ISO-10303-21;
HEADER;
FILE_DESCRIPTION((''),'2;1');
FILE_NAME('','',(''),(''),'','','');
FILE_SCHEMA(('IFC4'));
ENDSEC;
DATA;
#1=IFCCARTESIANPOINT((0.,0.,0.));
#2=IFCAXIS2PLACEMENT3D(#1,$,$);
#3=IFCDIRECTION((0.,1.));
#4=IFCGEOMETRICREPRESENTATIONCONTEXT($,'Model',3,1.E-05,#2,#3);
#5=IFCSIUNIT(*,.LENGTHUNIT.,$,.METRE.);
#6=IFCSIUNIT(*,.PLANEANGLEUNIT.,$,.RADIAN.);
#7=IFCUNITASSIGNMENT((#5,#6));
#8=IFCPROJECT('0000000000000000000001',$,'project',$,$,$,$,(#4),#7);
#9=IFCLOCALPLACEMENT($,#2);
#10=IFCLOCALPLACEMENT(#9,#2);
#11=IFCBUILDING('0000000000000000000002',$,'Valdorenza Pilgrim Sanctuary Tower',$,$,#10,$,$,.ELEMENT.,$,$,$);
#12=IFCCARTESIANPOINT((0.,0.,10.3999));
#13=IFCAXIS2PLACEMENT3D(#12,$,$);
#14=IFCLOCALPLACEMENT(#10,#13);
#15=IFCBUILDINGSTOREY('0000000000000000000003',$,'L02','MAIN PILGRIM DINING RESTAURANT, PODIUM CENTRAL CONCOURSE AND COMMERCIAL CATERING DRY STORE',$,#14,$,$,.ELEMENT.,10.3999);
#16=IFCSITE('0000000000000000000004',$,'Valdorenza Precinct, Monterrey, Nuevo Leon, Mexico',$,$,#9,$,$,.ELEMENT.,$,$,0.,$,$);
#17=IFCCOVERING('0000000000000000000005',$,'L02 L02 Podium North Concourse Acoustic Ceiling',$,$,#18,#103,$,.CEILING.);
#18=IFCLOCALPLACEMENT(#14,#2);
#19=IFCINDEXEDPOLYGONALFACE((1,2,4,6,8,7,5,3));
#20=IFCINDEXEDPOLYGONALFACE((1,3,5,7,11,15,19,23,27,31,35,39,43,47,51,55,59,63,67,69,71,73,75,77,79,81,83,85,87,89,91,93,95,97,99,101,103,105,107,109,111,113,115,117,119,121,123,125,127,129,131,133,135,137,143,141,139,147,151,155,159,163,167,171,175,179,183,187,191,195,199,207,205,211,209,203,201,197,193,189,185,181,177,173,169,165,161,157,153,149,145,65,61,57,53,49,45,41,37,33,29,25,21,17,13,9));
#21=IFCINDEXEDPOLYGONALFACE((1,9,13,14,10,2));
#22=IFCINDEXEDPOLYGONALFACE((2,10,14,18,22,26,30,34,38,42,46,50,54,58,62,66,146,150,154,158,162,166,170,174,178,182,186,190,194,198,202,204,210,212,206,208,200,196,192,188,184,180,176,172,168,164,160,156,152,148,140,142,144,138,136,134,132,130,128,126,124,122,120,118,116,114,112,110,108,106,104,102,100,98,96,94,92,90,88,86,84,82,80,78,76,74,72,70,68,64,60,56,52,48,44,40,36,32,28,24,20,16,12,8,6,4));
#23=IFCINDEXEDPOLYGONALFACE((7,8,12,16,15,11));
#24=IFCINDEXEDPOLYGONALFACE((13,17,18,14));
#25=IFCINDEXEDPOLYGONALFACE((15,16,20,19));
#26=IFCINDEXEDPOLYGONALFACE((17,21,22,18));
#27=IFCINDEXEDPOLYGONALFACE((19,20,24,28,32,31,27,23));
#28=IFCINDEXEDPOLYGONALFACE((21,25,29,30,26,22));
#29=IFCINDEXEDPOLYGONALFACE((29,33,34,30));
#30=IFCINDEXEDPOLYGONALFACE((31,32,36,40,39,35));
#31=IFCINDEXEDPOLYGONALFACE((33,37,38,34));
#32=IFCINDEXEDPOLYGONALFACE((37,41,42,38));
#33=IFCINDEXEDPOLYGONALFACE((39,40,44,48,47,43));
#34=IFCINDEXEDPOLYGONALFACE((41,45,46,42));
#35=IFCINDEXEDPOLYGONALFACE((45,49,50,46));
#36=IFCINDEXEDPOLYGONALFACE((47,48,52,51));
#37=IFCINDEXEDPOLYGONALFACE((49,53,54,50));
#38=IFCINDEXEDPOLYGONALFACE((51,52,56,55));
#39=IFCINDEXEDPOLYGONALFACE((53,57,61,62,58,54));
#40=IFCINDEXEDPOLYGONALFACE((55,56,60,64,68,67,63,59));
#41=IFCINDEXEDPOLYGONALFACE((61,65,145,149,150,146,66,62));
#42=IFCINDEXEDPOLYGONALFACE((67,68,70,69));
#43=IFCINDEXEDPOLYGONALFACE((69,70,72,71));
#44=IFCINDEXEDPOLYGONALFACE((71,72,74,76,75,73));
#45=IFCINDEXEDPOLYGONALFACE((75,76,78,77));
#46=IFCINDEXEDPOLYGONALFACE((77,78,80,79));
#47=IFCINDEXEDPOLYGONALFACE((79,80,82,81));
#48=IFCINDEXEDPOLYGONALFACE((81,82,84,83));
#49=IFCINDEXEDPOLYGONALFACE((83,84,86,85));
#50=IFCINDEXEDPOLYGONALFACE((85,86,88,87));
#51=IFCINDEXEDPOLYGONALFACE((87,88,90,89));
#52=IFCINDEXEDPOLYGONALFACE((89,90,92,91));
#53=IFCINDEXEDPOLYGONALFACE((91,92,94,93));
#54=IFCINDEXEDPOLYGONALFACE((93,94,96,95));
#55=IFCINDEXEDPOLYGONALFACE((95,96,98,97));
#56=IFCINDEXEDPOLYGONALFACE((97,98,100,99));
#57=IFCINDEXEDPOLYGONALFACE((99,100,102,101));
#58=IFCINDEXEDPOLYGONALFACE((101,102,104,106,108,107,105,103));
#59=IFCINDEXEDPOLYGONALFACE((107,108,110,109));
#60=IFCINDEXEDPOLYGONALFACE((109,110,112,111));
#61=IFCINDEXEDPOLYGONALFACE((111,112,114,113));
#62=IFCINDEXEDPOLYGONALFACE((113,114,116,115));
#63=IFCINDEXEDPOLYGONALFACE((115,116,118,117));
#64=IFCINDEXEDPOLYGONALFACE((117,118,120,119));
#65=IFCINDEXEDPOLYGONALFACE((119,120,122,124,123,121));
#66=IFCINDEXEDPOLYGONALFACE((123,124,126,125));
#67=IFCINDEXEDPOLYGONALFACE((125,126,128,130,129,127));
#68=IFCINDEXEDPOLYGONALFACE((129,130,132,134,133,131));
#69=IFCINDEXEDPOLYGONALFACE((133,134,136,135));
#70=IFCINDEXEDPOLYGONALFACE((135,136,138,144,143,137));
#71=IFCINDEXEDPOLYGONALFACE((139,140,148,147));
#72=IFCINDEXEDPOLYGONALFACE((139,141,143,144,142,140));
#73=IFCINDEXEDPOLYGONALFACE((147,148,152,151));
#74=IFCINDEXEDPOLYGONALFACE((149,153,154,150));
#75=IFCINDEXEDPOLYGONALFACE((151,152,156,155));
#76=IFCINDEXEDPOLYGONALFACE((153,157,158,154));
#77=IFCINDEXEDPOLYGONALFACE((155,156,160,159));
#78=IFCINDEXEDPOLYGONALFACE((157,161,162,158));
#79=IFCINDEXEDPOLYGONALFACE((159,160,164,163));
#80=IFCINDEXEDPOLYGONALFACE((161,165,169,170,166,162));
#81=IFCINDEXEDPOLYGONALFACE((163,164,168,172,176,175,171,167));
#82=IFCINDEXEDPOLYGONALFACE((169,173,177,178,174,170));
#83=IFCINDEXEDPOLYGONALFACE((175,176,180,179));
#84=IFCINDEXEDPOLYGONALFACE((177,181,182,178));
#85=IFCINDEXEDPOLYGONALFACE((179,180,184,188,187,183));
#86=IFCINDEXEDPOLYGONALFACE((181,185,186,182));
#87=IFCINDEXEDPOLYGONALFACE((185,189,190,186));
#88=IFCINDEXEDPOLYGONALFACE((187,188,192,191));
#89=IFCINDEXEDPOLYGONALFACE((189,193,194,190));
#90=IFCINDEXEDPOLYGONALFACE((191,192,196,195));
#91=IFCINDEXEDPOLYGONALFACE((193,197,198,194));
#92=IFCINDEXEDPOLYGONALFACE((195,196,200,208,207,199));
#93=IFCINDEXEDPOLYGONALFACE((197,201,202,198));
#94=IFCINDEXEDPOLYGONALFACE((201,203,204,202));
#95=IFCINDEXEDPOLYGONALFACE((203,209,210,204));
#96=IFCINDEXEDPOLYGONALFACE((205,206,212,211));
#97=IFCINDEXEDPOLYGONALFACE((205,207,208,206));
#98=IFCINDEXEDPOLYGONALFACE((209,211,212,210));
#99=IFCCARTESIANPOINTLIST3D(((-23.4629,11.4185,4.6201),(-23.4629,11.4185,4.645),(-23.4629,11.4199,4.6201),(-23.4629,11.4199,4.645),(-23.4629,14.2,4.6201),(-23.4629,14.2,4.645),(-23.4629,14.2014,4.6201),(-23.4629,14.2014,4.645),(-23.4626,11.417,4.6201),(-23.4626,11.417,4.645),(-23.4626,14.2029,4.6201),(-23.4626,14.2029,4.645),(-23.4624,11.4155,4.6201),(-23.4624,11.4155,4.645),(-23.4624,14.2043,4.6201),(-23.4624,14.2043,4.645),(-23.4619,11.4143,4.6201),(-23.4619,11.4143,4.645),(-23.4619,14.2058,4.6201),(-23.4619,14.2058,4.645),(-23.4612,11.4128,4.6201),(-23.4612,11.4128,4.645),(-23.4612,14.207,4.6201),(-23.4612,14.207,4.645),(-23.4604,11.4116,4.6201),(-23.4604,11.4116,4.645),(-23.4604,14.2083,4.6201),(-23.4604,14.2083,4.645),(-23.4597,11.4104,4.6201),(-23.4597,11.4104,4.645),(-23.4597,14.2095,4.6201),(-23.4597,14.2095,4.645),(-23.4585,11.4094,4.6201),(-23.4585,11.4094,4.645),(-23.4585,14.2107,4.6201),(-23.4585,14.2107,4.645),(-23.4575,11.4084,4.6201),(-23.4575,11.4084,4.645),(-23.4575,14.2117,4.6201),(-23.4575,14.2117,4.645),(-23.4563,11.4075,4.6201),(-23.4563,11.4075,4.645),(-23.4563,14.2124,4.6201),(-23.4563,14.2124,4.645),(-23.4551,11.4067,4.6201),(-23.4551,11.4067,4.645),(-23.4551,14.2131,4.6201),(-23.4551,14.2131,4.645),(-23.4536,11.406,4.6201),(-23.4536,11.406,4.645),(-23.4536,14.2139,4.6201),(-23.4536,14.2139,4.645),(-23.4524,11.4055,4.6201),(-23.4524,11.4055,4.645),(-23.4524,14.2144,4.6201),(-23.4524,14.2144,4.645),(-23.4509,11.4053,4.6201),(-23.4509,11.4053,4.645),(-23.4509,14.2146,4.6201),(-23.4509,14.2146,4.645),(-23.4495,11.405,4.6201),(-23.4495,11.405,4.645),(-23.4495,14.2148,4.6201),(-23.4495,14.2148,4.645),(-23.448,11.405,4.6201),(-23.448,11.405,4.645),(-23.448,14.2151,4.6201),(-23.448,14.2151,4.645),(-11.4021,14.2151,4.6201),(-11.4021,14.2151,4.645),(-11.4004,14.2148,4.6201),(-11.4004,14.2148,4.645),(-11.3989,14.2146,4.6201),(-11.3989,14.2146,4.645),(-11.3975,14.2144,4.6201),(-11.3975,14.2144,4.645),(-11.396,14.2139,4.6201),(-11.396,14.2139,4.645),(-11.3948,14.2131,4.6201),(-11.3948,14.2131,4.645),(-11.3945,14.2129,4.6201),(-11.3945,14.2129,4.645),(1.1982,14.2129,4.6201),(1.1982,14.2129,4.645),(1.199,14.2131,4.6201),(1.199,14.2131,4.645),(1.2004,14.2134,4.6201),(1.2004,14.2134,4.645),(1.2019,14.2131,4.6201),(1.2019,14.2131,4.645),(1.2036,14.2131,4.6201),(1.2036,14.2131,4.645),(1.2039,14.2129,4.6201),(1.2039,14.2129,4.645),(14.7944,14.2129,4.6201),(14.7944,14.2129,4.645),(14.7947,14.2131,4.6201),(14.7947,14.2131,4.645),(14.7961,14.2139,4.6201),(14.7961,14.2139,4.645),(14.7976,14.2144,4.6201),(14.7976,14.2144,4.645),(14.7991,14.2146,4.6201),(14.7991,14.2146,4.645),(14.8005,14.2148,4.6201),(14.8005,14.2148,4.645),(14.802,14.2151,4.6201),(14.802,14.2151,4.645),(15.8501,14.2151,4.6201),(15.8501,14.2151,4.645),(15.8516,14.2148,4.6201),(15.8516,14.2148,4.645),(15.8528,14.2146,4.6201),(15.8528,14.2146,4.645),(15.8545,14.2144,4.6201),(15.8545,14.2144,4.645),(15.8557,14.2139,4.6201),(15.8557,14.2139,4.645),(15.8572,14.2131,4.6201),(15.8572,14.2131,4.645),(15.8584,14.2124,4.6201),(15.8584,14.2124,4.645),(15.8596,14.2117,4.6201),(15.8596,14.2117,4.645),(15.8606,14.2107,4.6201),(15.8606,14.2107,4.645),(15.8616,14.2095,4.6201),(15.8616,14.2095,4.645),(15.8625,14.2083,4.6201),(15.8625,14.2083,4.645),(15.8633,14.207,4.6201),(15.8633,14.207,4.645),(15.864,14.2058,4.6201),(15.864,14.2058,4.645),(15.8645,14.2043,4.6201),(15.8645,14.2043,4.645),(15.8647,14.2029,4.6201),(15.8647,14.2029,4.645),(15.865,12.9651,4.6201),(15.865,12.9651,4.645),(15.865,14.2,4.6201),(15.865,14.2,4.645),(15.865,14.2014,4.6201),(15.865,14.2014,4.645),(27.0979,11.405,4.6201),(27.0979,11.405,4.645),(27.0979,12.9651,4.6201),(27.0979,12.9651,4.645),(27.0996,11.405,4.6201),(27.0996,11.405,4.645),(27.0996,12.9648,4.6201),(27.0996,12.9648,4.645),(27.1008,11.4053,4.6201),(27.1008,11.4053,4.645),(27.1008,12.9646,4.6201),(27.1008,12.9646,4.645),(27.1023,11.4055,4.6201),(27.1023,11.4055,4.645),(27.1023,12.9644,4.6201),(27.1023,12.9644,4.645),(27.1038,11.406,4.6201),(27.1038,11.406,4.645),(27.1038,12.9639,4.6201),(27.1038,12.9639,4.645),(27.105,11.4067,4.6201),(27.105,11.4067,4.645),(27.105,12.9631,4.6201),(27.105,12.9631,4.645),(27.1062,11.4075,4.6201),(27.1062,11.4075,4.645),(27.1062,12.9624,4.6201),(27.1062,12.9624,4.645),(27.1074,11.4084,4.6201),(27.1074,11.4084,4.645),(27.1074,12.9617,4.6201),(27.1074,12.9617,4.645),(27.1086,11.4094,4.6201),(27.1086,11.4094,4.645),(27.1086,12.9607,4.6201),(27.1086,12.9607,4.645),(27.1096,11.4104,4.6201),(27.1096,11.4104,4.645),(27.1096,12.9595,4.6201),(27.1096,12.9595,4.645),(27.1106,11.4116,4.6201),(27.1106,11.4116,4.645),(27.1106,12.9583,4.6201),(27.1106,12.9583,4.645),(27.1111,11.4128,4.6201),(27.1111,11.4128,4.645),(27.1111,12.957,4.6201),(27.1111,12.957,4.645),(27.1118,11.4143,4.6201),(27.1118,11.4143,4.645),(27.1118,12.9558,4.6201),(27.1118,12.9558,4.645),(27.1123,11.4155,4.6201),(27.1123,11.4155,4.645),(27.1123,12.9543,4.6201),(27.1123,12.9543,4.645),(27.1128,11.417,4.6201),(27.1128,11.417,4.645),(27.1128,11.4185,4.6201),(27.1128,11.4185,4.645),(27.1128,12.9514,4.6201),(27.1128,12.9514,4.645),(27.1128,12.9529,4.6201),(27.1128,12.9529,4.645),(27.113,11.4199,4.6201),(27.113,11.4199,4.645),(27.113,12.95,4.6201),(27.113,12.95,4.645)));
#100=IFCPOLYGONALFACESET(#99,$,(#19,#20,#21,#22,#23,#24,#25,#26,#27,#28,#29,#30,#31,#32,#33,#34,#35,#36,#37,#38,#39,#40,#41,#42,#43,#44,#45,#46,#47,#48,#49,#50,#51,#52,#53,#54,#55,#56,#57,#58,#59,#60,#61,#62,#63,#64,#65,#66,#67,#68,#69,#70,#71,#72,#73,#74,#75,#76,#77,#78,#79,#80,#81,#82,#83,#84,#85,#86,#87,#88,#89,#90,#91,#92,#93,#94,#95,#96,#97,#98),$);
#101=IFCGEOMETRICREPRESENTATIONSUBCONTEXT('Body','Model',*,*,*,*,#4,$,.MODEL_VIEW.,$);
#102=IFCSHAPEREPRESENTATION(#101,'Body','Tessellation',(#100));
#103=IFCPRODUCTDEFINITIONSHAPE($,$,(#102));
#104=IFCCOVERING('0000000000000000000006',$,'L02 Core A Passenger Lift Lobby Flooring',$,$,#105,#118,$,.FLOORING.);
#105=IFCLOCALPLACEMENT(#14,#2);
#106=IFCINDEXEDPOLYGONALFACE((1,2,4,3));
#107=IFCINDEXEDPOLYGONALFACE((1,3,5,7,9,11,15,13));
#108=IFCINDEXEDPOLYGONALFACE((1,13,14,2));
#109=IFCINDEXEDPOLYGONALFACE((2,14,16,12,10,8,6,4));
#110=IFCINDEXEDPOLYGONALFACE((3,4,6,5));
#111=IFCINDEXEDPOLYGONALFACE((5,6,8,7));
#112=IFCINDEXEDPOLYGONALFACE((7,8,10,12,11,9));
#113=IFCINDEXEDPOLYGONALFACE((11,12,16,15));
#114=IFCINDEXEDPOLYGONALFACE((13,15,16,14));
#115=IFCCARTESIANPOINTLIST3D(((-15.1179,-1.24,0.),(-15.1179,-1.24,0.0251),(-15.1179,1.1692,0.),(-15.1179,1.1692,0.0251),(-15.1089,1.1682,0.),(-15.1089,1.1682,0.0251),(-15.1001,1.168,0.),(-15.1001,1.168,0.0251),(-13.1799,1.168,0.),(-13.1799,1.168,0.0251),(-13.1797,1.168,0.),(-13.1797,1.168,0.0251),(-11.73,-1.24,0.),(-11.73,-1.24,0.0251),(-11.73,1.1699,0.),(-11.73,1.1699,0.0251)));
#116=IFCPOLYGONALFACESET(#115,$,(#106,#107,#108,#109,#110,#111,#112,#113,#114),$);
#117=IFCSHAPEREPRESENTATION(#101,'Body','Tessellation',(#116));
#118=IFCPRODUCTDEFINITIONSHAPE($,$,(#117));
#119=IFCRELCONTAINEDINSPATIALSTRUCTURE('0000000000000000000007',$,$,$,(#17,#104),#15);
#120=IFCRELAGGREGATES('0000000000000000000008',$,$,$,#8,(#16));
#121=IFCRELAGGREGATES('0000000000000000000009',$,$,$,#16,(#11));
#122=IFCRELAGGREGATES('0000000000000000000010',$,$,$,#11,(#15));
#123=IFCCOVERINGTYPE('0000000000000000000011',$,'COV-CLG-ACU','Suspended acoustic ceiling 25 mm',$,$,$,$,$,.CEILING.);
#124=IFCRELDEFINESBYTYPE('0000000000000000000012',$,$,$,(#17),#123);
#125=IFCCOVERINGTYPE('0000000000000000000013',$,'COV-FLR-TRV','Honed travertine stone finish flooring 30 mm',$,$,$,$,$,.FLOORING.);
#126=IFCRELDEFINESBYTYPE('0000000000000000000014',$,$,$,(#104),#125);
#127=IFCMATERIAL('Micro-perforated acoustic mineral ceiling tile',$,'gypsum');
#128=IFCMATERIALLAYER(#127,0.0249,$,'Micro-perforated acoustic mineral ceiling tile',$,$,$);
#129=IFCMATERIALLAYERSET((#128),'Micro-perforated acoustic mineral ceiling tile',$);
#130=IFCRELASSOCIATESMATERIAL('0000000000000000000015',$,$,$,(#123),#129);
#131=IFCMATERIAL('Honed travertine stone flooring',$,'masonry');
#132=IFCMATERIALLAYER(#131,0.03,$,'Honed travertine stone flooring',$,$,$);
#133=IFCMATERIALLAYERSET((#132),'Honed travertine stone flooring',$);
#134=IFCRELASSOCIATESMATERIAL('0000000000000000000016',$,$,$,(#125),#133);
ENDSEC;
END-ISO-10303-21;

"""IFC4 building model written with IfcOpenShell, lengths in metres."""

from ifc_helpers import new_model, si_unit, direction, frame, origin, place, context, subcontext, project, spatial, polyline, outline, extrude, material, layer, layer_set, type_object, element, save


model = new_model("IFC4")

# Units and contexts
model_context = context("Model", 3, precision=1e-05, world=origin(), true_north=direction((0.0, 1.0)))
body_context = subcontext(model_context, "Body", "Model", "MODEL_VIEW")
ifc_project = project(units=[si_unit("LENGTHUNIT", "METRE"), si_unit("PLANEANGLEUNIT", "RADIAN")], contexts=[model_context])

# Site, building, storey
site_placement = place(None, origin())
site = spatial("IfcSite", under=ifc_project, at=site_placement, Name="Valdorenza Precinct, Monterrey, Nuevo Leon, Mexico", CompositionType="ELEMENT", RefElevation=0.0)
building_placement = place(site_placement, origin())
building = spatial("IfcBuilding", under=site, at=building_placement, Name="Valdorenza Pilgrim Sanctuary Tower", CompositionType="ELEMENT")
storey_placement = place(building_placement, frame((0.0, 0.0, 10.3999)))
storey = spatial("IfcBuildingStorey", under=building, at=storey_placement, Name="L02", Description="MAIN PILGRIM DINING RESTAURANT, PODIUM CENTRAL CONCOURSE AND COMMERCIAL CATERING DRY STORE", CompositionType="ELEMENT", Elevation=10.3999)

# Coverings
ifc_material_1 = material(Name="Micro-perforated acoustic mineral ceiling tile", Category="gypsum")
ifc_layer_1 = layer(ifc_material_1, 0.0249, Name="Micro-perforated acoustic mineral ceiling tile")
ifc_layer_set_1 = layer_set([ifc_layer_1], Name="Micro-perforated acoustic mineral ceiling tile")
covering_type_1 = type_object("IfcCoveringType", Name="COV-CLG-ACU", Description="Suspended acoustic ceiling 25 mm", PredefinedType="CEILING", material=ifc_layer_set_1)
covering_1_placement = place(storey_placement, frame((0.0, 0.0, 4.6201)))
element("IfcCovering", 1, at=covering_1_placement, inside=storey, type_object=covering_type_1, Name="L02 L02 Podium North Concourse Acoustic Ceiling", PredefinedType="CEILING", context=body_context, shape_type="SweptSolid", body=[
    extrude(outline(polyline([(-23.448, 11.405), (-23.4495, 11.405), (-23.4509, 11.4053), (-23.4524, 11.4055), (-23.4536, 11.406), (-23.4551, 11.4067), (-23.4563, 11.4075), (-23.4575, 11.4084), (-23.4585, 11.4094), (-23.4597, 11.4104), (-23.4604, 11.4116), (-23.4612, 11.4128), (-23.4619, 11.4143), (-23.4624, 11.4155), (-23.4626, 11.417), (-23.4629, 11.4185), (-23.4629, 11.4199), (-23.4629, 14.2), (-23.4629, 14.2014), (-23.4626, 14.2029), (-23.4624, 14.2043), (-23.4619, 14.2058), (-23.4612, 14.207), (-23.4604, 14.2083), (-23.4597, 14.2095), (-23.4585, 14.2107), (-23.4575, 14.2117), (-23.4563, 14.2124), (-23.4551, 14.2131), (-23.4536, 14.2139), (-23.4524, 14.2144), (-23.4509, 14.2146), (-23.4495, 14.2148), (-23.448, 14.2151), (-11.4021, 14.2151), (-11.4004, 14.2148), (-11.3989, 14.2146), (-11.3975, 14.2144), (-11.396, 14.2139), (-11.3948, 14.2131), (-11.3945, 14.2129), (1.1982, 14.2129), (1.199, 14.2131), (1.2004, 14.2134), (1.2019, 14.2131), (1.2036, 14.2131), (1.2039, 14.2129), (14.7944, 14.2129), (14.7947, 14.2131), (14.7961, 14.2139), (14.7976, 14.2144), (14.7991, 14.2146), (14.8005, 14.2148), (14.802, 14.2151), (15.8501, 14.2151), (15.8516, 14.2148), (15.8528, 14.2146), (15.8545, 14.2144), (15.8557, 14.2139), (15.8572, 14.2131), (15.8584, 14.2124), (15.8596, 14.2117), (15.8606, 14.2107), (15.8616, 14.2095), (15.8625, 14.2083), (15.8633, 14.207), (15.864, 14.2058), (15.8645, 14.2043), (15.8647, 14.2029), (15.865, 14.2014), (15.865, 14.2), (15.865, 12.9651), (27.0979, 12.9651), (27.0996, 12.9648), (27.1008, 12.9646), (27.1023, 12.9644), (27.1038, 12.9639), (27.105, 12.9631), (27.1062, 12.9624), (27.1074, 12.9617), (27.1086, 12.9607), (27.1096, 12.9595), (27.1106, 12.9583), (27.1111, 12.957), (27.1118, 12.9558), (27.1123, 12.9543), (27.1128, 12.9529), (27.1128, 12.9514), (27.113, 12.95), (27.113, 11.4199), (27.1128, 11.4185), (27.1128, 11.417), (27.1123, 11.4155), (27.1118, 11.4143), (27.1111, 11.4128), (27.1106, 11.4116), (27.1096, 11.4104), (27.1086, 11.4094), (27.1074, 11.4084), (27.1062, 11.4075), (27.105, 11.4067), (27.1038, 11.406), (27.1023, 11.4055), (27.1008, 11.4053), (27.0996, 11.405), (27.0979, 11.405), (-23.448, 11.405)])), origin(), (0.0, 0.0, 1.0), 0.0249),
])
ifc_material_2 = material(Name="Honed travertine stone flooring", Category="masonry")
ifc_layer_2 = layer(ifc_material_2, 0.03, Name="Honed travertine stone flooring")
ifc_layer_set_2 = layer_set([ifc_layer_2], Name="Honed travertine stone flooring")
covering_type_2 = type_object("IfcCoveringType", Name="COV-FLR-TRV", Description="Honed travertine stone finish flooring 30 mm", PredefinedType="FLOORING", material=ifc_layer_set_2)
covering_2_placement = place(storey_placement, origin())
element("IfcCovering", 2, at=covering_2_placement, inside=storey, type_object=covering_type_2, Name="L02 Core A Passenger Lift Lobby Flooring", PredefinedType="FLOORING", context=body_context, shape_type="SweptSolid", body=[
    extrude(outline(polyline([(-15.1179, 1.1692), (-15.1089, 1.1682), (-15.1089, 1.1682), (-15.1001, 1.168), (-13.1799, 1.168), (-13.1797, 1.168), (-11.73, 1.1699), (-11.73, -1.24), (-15.1179, -1.24), (-15.1179, 1.1692)])), origin(), (0.0, 0.0, 1.0), 0.0251),
])

save(model, "model.ifc")
